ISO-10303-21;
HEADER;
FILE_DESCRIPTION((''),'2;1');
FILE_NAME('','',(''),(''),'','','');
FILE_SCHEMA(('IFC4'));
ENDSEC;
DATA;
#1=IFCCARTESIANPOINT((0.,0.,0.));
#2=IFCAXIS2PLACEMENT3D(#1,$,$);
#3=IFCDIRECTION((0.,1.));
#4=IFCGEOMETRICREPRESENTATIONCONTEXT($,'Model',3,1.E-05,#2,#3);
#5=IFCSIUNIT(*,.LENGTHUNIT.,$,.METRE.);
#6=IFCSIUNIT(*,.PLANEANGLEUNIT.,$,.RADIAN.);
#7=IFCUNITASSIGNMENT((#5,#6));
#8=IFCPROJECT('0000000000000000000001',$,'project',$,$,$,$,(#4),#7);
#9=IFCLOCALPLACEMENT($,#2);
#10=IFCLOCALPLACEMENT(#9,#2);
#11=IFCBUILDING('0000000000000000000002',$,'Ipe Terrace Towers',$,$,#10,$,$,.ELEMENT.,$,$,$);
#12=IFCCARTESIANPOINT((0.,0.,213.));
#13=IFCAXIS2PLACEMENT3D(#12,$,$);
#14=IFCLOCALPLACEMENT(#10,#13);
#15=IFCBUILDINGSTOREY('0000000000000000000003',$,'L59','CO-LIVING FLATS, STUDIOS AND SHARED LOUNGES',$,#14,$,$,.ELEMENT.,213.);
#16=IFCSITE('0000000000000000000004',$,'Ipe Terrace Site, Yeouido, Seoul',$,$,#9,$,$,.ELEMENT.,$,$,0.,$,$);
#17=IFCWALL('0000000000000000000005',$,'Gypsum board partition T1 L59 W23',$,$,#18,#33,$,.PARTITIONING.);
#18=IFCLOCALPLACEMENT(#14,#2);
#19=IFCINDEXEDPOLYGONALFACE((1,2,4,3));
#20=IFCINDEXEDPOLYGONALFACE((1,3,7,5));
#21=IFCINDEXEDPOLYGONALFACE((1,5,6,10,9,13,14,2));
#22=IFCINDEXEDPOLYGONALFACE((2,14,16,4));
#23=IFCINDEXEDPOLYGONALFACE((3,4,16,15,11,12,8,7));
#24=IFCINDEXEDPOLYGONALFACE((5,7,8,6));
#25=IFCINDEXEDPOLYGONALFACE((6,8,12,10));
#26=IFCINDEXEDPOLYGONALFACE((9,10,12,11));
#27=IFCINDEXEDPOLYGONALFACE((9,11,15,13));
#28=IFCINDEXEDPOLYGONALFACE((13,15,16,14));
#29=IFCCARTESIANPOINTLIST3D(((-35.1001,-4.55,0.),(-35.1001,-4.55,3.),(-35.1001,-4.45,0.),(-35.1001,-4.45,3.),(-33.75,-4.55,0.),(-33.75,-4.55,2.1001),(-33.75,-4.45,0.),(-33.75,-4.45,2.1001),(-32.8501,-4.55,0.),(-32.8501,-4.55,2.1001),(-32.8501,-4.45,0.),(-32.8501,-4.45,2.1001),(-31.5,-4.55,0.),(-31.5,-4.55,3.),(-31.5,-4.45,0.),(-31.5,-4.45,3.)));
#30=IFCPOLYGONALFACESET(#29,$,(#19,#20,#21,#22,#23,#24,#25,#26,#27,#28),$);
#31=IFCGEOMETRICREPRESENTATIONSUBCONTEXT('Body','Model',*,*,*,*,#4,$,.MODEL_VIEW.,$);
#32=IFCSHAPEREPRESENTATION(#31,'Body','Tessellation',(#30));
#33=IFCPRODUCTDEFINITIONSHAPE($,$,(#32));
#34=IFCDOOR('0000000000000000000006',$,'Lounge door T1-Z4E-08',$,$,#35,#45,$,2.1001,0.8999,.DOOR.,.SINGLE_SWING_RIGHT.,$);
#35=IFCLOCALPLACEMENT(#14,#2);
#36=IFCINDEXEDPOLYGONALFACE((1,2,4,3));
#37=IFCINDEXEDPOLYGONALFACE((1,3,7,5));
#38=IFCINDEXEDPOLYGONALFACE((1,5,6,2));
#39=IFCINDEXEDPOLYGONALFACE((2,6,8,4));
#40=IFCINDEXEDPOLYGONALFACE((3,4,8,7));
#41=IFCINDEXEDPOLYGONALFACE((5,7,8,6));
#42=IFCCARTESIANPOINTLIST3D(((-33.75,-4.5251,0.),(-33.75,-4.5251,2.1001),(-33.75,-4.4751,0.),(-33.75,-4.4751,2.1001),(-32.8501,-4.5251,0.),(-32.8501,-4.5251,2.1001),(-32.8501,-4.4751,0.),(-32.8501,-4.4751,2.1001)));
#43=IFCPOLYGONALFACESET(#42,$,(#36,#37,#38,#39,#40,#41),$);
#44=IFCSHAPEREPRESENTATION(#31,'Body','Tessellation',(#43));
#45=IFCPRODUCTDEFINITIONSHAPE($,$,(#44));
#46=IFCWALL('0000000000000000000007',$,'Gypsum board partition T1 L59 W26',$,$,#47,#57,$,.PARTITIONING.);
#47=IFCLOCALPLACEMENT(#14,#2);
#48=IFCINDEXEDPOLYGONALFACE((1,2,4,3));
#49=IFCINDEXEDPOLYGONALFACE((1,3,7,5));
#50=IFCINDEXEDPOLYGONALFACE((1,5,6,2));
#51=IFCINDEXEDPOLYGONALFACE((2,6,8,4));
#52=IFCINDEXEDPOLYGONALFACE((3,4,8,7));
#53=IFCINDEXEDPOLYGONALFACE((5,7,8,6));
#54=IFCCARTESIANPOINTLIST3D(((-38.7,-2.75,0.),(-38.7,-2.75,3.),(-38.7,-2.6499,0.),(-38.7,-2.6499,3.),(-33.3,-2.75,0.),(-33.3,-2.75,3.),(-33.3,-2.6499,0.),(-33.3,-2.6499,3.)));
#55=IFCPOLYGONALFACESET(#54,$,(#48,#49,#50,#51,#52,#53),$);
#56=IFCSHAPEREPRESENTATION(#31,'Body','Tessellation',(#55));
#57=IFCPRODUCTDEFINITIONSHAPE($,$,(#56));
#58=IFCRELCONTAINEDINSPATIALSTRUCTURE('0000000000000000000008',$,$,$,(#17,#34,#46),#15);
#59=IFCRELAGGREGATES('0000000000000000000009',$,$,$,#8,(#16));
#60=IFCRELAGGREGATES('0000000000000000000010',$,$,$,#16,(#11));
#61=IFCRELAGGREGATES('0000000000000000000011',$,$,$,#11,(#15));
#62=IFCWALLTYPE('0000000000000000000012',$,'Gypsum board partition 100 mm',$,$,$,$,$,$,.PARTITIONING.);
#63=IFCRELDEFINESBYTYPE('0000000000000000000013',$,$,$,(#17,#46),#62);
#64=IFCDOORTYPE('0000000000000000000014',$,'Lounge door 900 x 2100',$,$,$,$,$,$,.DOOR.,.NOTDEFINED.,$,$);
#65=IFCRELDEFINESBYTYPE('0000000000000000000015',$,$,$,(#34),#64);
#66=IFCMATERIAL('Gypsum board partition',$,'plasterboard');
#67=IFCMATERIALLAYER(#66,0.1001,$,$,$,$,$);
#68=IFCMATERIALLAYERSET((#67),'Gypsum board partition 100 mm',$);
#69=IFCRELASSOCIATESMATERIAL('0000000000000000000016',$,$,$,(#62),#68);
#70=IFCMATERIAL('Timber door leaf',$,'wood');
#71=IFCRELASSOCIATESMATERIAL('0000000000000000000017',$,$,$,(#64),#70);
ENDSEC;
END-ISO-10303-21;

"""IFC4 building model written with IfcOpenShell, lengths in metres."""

from ifc_helpers import new_model, si_unit, direction, frame, frame_2d, origin, place, context, subcontext, project, spatial, rectangle, extrude, material, layer, layer_set, type_object, element, fill, save


model = new_model("IFC4")

# Units and contexts
model_context = context("Model", 3, precision=1e-05, world=origin(), true_north=direction((0.0, 1.0)))
body_context = subcontext(model_context, "Body", "Model", "MODEL_VIEW")
ifc_project = project(units=[si_unit("LENGTHUNIT", "METRE"), si_unit("PLANEANGLEUNIT", "RADIAN")], contexts=[model_context])

# Site, building, storey
site_placement = place(None, origin())
site = spatial("IfcSite", under=ifc_project, at=site_placement, Name="Ipe Terrace Site, Yeouido, Seoul", CompositionType="ELEMENT", RefElevation=0.0)
building_placement = place(site_placement, origin())
building = spatial("IfcBuilding", under=site, at=building_placement, Name="Ipe Terrace Towers", CompositionType="ELEMENT")
storey_placement = place(building_placement, frame((0.0, 0.0, 213.0)))
storey = spatial("IfcBuildingStorey", under=building, at=storey_placement, Name="L59", Description="CO-LIVING FLATS, STUDIOS AND SHARED LOUNGES", CompositionType="ELEMENT", Elevation=213.0)

# Shared definitions
ifc_material_1 = material(Name="Gypsum board partition", Category="plasterboard")
ifc_layer_1 = layer(ifc_material_1, 0.1001)
ifc_layer_set_1 = layer_set([ifc_layer_1], Name="Gypsum board partition 100 mm")
wall_type_1 = type_object("IfcWallType", Name="Gypsum board partition 100 mm", PredefinedType="PARTITIONING", material=ifc_layer_set_1)

# Shared definitions
ifc_material_2 = material(Name="Timber door leaf", Category="wood")
door_type = type_object("IfcDoorType", Name="Lounge door 900 x 2100", OperationType="NOTDEFINED", PredefinedType="DOOR", material=ifc_material_2)

# Wall, opening, door
wall_1_placement = place(storey_placement, frame((-35.1001, -4.5, 0.0), z_axis=(0.0, 0.0, 1.0), x_axis=(1.0, 0.0, 0.0)))
wall_1 = element("IfcWall", 1, at=wall_1_placement, inside=storey, type_object=wall_type_1, Name="Gypsum board partition T1 L59 W23", PredefinedType="PARTITIONING", context=body_context, shape_type="SweptSolid", body=[
    extrude(rectangle(XDim=3.6001, YDim=0.1001, at=frame_2d((1.8, 0.0))), origin(), (0.0, 0.0, 1.0), 3.0),
])
opening_1_placement = place(wall_1_placement, frame((1.3501, 0.0, 0.0)))
opening_1 = element("IfcOpeningElement", 2, at=opening_1_placement, cuts=wall_1, PredefinedType="OPENING", context=body_context, shape_type="SweptSolid", body=[
    extrude(rectangle(XDim=0.8999, YDim=2.1001, at=frame_2d((0.45, 1.05))), frame((0.0, 0.0601, 0.0), z_axis=(0.0, -1.0, 0.0), x_axis=(1.0, 0.0, 0.0)), (0.0, 0.0, 1.0), 0.1201),
])
door_1_placement = place(opening_1_placement, origin())
door_1 = element("IfcDoor", 3, at=door_1_placement, inside=storey, type_object=door_type, Name="Lounge door T1-Z4E-08", OperationType="SINGLE_SWING_RIGHT", OverallHeight=2.1001, OverallWidth=0.8999, PredefinedType="DOOR", context=body_context, shape_type="SweptSolid", body=[
    extrude(rectangle(XDim=0.8999, YDim=2.1001, at=frame_2d((0.45, 1.05))), frame((0.0, 0.0249, 0.0), z_axis=(0.0, -1.0, 0.0), x_axis=(1.0, 0.0, 0.0)), (0.0, 0.0, 1.0), 0.05),
])
fill(opening_1, door_1)

# Wall
wall_2_placement = place(storey_placement, frame((-38.7, -2.7, 0.0), z_axis=(0.0, 0.0, 1.0), x_axis=(1.0, 0.0, 0.0)))
element("IfcWall", 4, at=wall_2_placement, inside=storey, type_object=wall_type_1, Name="Gypsum board partition T1 L59 W26", PredefinedType="PARTITIONING", context=body_context, shape_type="SweptSolid", body=[
    extrude(rectangle(XDim=5.3999, YDim=0.1001, at=frame_2d((2.7, 0.0))), origin(), (0.0, 0.0, 1.0), 3.0),
])

save(model, "model.ifc")
